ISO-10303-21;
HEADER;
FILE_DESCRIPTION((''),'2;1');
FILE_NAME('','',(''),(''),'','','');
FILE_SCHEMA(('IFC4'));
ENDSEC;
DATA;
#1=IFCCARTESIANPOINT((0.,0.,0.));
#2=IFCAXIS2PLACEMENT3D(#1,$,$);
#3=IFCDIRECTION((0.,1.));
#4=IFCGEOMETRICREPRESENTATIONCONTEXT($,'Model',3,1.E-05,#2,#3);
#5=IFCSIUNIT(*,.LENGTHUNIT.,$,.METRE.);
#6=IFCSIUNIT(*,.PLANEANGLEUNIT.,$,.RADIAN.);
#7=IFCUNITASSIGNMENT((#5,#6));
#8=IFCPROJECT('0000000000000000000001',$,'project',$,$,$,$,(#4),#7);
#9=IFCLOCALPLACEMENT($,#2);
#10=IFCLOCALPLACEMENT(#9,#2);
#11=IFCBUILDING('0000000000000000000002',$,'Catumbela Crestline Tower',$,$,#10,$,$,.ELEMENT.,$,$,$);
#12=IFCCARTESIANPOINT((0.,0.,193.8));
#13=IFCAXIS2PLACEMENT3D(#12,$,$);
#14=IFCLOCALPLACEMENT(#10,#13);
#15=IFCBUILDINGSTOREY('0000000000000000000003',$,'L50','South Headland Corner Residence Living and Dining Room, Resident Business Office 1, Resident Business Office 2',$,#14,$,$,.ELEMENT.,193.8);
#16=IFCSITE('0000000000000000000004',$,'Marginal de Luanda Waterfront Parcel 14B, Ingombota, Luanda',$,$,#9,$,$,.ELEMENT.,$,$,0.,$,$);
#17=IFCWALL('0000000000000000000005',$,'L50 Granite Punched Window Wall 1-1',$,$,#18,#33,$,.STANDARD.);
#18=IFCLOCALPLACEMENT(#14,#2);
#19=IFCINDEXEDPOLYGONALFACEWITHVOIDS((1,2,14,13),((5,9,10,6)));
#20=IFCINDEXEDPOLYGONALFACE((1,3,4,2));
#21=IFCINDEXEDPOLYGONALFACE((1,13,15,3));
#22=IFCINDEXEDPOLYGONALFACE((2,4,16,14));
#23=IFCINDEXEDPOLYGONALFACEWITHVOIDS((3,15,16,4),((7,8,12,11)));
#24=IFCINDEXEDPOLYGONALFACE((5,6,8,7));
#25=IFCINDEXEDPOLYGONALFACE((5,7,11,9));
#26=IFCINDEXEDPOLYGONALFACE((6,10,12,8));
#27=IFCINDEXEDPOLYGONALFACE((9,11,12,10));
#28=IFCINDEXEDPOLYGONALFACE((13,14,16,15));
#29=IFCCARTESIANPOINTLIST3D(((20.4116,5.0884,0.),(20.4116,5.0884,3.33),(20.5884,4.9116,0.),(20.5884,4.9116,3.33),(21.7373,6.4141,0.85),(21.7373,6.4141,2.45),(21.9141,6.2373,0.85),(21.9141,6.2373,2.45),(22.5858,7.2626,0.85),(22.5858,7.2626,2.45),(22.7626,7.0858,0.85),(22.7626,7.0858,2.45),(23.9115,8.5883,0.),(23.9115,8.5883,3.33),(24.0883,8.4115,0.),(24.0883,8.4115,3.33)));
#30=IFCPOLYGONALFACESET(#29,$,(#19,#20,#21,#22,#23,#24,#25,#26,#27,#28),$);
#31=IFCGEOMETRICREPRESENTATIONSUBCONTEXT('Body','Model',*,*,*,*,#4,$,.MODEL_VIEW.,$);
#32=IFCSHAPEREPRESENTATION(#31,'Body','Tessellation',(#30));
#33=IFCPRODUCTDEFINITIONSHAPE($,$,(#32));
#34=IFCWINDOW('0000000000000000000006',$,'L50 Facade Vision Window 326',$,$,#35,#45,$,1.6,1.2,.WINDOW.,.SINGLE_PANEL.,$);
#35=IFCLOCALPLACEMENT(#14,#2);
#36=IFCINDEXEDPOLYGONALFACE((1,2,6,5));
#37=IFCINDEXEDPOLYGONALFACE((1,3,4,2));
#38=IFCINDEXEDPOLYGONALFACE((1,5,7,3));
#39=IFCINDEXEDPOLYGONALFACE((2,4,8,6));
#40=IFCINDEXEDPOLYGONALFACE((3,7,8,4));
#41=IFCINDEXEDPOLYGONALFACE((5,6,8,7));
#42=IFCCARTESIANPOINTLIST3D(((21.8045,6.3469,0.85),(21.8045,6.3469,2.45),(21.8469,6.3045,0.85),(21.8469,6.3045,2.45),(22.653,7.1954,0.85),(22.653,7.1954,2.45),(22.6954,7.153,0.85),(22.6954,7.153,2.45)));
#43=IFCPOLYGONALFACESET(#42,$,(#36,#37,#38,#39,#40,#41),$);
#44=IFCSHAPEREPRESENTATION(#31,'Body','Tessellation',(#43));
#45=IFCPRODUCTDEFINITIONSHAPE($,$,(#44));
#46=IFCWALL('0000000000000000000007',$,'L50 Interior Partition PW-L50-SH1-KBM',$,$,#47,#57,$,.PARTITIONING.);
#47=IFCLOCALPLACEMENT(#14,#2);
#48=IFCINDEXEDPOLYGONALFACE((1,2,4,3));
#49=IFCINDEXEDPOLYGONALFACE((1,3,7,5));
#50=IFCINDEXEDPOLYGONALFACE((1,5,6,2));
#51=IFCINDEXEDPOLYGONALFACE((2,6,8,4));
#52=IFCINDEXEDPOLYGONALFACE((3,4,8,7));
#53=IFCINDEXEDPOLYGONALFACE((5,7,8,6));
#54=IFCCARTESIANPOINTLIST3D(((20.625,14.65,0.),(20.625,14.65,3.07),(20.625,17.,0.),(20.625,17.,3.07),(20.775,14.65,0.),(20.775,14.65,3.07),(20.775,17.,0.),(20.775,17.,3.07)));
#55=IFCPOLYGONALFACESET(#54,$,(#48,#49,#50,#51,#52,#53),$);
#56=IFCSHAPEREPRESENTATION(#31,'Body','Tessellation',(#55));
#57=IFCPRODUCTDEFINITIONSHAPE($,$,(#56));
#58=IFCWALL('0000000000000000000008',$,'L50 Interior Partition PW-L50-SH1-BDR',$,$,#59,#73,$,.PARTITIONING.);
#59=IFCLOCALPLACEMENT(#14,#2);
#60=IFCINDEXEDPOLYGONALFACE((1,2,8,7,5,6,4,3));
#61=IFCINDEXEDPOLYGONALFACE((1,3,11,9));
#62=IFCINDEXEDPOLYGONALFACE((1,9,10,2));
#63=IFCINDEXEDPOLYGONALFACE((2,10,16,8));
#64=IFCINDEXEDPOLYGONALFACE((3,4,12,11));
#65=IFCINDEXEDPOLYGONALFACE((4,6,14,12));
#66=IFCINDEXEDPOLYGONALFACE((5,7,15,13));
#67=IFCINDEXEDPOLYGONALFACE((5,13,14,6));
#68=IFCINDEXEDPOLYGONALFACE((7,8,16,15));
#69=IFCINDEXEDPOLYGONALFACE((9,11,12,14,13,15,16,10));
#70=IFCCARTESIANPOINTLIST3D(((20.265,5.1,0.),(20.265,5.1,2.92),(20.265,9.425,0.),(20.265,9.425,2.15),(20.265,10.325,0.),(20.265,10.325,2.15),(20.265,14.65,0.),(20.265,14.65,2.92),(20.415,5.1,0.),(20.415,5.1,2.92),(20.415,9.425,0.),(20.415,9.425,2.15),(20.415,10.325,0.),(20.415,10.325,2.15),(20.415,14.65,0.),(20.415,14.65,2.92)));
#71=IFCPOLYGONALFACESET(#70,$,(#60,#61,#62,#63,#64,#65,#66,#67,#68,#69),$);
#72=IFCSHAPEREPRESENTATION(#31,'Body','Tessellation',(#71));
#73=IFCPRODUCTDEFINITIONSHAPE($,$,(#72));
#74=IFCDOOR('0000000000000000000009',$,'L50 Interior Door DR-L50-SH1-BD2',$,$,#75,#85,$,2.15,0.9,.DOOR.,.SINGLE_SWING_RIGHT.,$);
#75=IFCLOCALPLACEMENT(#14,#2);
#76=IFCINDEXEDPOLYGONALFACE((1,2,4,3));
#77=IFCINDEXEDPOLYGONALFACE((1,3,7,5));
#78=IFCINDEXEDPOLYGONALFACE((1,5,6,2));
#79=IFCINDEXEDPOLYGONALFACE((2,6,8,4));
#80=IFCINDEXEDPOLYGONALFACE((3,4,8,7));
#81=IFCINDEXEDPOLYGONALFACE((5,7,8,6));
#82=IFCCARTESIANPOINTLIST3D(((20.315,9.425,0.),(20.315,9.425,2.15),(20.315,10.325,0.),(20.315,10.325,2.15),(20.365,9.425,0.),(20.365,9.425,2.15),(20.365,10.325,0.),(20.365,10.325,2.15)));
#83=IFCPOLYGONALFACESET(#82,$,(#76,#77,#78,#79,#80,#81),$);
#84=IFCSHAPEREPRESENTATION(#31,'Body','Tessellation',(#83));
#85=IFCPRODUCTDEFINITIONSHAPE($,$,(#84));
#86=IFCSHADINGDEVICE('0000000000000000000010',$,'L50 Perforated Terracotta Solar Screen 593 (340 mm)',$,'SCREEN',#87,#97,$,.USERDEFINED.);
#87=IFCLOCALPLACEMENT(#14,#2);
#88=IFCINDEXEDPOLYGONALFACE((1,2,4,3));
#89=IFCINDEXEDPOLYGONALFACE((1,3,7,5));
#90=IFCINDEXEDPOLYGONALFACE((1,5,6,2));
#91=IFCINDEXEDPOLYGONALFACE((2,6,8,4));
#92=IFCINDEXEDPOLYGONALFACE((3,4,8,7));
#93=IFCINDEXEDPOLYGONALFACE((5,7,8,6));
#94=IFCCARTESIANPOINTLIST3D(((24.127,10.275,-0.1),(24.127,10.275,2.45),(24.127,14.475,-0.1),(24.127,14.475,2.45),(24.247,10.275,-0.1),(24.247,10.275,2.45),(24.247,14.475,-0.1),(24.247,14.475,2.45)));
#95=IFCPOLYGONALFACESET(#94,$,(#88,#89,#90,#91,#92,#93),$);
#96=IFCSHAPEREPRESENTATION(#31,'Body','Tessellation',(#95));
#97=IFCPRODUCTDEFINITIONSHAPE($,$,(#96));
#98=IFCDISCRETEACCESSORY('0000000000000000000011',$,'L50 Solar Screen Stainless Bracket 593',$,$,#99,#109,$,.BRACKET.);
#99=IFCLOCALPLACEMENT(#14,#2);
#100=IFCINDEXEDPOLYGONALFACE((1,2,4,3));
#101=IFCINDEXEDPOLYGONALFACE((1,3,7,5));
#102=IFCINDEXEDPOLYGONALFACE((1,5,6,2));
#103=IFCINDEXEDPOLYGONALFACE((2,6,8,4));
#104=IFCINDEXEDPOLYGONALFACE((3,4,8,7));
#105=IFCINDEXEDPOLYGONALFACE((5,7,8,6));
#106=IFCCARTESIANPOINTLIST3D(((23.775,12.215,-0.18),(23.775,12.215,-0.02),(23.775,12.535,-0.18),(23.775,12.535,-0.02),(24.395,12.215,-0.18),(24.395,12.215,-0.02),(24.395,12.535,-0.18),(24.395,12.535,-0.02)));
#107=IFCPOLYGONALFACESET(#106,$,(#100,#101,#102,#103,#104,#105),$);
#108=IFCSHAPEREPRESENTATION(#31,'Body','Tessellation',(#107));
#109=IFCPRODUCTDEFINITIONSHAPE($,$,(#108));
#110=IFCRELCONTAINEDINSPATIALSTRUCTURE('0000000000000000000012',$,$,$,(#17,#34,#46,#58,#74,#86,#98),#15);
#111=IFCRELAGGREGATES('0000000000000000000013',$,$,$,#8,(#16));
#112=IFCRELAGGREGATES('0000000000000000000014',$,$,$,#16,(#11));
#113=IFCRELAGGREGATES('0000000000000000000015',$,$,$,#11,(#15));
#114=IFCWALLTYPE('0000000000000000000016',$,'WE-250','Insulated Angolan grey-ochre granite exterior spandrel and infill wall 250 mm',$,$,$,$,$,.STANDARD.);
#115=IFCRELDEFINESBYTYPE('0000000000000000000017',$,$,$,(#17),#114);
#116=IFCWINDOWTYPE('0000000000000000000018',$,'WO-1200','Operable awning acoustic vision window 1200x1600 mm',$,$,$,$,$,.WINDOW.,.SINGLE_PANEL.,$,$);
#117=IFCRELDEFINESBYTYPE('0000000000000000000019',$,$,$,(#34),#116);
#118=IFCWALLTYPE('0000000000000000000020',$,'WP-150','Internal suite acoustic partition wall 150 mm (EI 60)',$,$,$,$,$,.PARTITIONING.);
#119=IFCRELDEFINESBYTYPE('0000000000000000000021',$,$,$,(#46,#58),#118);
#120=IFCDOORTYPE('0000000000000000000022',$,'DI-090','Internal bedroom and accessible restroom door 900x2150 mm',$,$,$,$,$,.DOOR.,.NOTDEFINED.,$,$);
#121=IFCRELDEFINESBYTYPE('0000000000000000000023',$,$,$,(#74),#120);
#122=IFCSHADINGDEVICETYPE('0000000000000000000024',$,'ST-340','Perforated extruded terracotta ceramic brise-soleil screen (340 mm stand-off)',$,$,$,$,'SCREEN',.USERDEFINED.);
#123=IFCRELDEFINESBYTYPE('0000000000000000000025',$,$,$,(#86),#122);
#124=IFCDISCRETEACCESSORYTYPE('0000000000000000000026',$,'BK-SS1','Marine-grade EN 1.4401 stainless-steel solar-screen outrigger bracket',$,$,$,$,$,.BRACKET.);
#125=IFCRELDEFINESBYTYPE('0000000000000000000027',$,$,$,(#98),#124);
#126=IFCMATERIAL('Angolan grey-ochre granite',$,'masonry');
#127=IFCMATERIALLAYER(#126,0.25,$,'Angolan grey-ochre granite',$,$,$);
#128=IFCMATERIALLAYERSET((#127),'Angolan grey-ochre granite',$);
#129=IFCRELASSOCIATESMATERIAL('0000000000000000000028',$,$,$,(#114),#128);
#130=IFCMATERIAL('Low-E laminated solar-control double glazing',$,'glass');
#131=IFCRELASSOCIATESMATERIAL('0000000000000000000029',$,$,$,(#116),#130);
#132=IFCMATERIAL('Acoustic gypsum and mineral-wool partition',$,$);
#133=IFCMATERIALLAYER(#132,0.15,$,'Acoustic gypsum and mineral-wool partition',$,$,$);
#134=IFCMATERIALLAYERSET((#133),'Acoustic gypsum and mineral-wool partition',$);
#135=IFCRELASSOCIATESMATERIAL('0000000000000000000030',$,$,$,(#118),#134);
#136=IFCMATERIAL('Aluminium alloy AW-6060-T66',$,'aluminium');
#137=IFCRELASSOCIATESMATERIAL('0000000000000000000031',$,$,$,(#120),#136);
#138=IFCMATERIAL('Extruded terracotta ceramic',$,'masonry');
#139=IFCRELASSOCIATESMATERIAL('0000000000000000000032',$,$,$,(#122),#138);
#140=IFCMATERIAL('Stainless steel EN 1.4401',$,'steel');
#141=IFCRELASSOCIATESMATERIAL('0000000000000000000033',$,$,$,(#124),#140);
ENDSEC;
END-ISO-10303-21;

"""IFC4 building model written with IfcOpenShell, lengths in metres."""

from ifc_helpers import new_model, si_unit, direction, frame, frame_2d, origin, origin_2d, place, context, subcontext, project, spatial, rectangle, extrude, material, layer, layer_set, type_object, element, fill, save


model = new_model("IFC4")

# Units and contexts
model_context = context("Model", 3, precision=1e-05, world=origin(), true_north=direction((0.0, 1.0)))
body_context = subcontext(model_context, "Body", "Model", "MODEL_VIEW")
ifc_project = project(units=[si_unit("LENGTHUNIT", "METRE"), si_unit("PLANEANGLEUNIT", "RADIAN")], contexts=[model_context])

# Site, building, storey
site_placement = place(None, origin())
site = spatial("IfcSite", under=ifc_project, at=site_placement, Name="Marginal de Luanda Waterfront Parcel 14B, Ingombota, Luanda", CompositionType="ELEMENT", RefElevation=0.0)
building_placement = place(site_placement, origin())
building = spatial("IfcBuilding", under=site, at=building_placement, Name="Catumbela Crestline Tower", CompositionType="ELEMENT")
storey_placement = place(building_placement, frame((0.0, 0.0, 193.8)))
storey = spatial("IfcBuildingStorey", under=building, at=storey_placement, Name="L50", Description="South Headland Corner Residence Living and Dining Room, Resident Business Office 1, Resident Business Office 2", CompositionType="ELEMENT", Elevation=193.8)

# Shared definitions
ifc_material_1 = material(Name="Aluminium alloy AW-6060-T66", Category="aluminium")

# Shared definitions
ifc_material_2 = material(Name="Low-E laminated solar-control double glazing", Category="glass")

# Wall, opening, window
ifc_material_3 = material(Name="Angolan grey-ochre granite", Category="masonry")
ifc_layer_1 = layer(ifc_material_3, 0.25, Name="Angolan grey-ochre granite")
ifc_layer_set_1 = layer_set([ifc_layer_1], Name="Angolan grey-ochre granite")
wall_type_1 = type_object("IfcWallType", Name="WE-250", Description="Insulated Angolan grey-ochre granite exterior spandrel and infill wall 250 mm", PredefinedType="STANDARD", material=ifc_layer_set_1)
wall_1_placement = place(storey_placement, frame((20.5, 5.0, 0.0), z_axis=(0.0, 0.0, 1.0), x_axis=(0.707107, 0.707107, 0.0)))
wall_1 = element("IfcWall", 1, at=wall_1_placement, inside=storey, type_object=wall_type_1, Name="L50 Granite Punched Window Wall 1-1", PredefinedType="STANDARD", context=body_context, shape_type="SweptSolid", body=[
    extrude(rectangle(XDim=4.9497, YDim=0.25, at=frame_2d((2.4748, 0.0))), origin(), (0.0, 0.0, 1.0), 3.33),
])
opening_1_placement = place(wall_1_placement, frame((1.8748, 0.0, 0.85)))
opening_1 = element("IfcOpeningElement", 2, at=opening_1_placement, cuts=wall_1, PredefinedType="OPENING", context=body_context, shape_type="SweptSolid", body=[
    extrude(rectangle(XDim=1.2, YDim=1.6, at=frame_2d((0.6, 0.8))), frame((0.0, 0.135, 0.0), z_axis=(0.0, -1.0, 0.0), x_axis=(1.0, 0.0, 0.0)), (0.0, 0.0, 1.0), 0.27),
])
window_type = type_object("IfcWindowType", Name="WO-1200", Description="Operable awning acoustic vision window 1200x1600 mm", PartitioningType="SINGLE_PANEL", PredefinedType="WINDOW", material=ifc_material_2)
window_placement = place(opening_1_placement, origin())
window = element("IfcWindow", 3, at=window_placement, inside=storey, type_object=window_type, Name="L50 Facade Vision Window 326", OverallHeight=1.6, OverallWidth=1.2, PartitioningType="SINGLE_PANEL", PredefinedType="WINDOW", context=body_context, shape_type="SweptSolid", body=[
    extrude(rectangle(XDim=1.2, YDim=1.6, at=frame_2d((0.6, 0.8))), frame((0.0, 0.03, 0.0), z_axis=(0.0, -1.0, 0.0), x_axis=(1.0, 0.0, 0.0)), (0.0, 0.0, 1.0), 0.06),
])
fill(opening_1, window)

# Wall
ifc_material_4 = material(Name="Acoustic gypsum and mineral-wool partition")
ifc_layer_2 = layer(ifc_material_4, 0.15, Name="Acoustic gypsum and mineral-wool partition")
ifc_layer_set_2 = layer_set([ifc_layer_2], Name="Acoustic gypsum and mineral-wool partition")
wall_type_2 = type_object("IfcWallType", Name="WP-150", Description="Internal suite acoustic partition wall 150 mm (EI 60)", PredefinedType="PARTITIONING", material=ifc_layer_set_2)
wall_2_placement = place(storey_placement, frame((20.7, 14.65, 0.0), z_axis=(0.0, 0.0, 1.0), x_axis=(0.0, 1.0, 0.0)))
element("IfcWall", 4, at=wall_2_placement, inside=storey, type_object=wall_type_2, Name="L50 Interior Partition PW-L50-SH1-KBM", PredefinedType="PARTITIONING", context=body_context, shape_type="SweptSolid", body=[
    extrude(rectangle(XDim=2.35, YDim=0.15, at=frame_2d((1.175, 0.0))), origin(), (0.0, 0.0, 1.0), 3.07),
])

# Wall, opening, door
wall_3_placement = place(storey_placement, frame((20.34, 5.1, 0.0), z_axis=(0.0, 0.0, 1.0), x_axis=(0.0, 1.0, 0.0)))
wall_3 = element("IfcWall", 5, at=wall_3_placement, inside=storey, type_object=wall_type_2, Name="L50 Interior Partition PW-L50-SH1-BDR", PredefinedType="PARTITIONING", context=body_context, shape_type="SweptSolid", body=[
    extrude(rectangle(XDim=9.55, YDim=0.15, at=frame_2d((4.775, 0.0))), origin(), (0.0, 0.0, 1.0), 2.92),
])
opening_2_placement = place(wall_3_placement, frame((4.325, 0.0, 0.0)))
opening_2 = element("IfcOpeningElement", 6, at=opening_2_placement, cuts=wall_3, PredefinedType="OPENING", context=body_context, shape_type="SweptSolid", body=[
    extrude(rectangle(XDim=0.9, YDim=2.15, at=frame_2d((0.45, 1.075))), frame((0.0, 0.085, 0.0), z_axis=(0.0, -1.0, 0.0), x_axis=(1.0, 0.0, 0.0)), (0.0, 0.0, 1.0), 0.17),
])
door_type = type_object("IfcDoorType", Name="DI-090", Description="Internal bedroom and accessible restroom door 900x2150 mm", OperationType="NOTDEFINED", PredefinedType="DOOR", material=ifc_material_1)
door_placement = place(opening_2_placement, origin())
door = element("IfcDoor", 7, at=door_placement, inside=storey, type_object=door_type, Name="L50 Interior Door DR-L50-SH1-BD2", OperationType="SINGLE_SWING_RIGHT", OverallHeight=2.15, OverallWidth=0.9, PredefinedType="DOOR", context=body_context, shape_type="SweptSolid", body=[
    extrude(rectangle(XDim=0.9, YDim=2.15, at=frame_2d((0.45, 1.075))), frame((0.0, 0.025, 0.0), z_axis=(0.0, -1.0, 0.0), x_axis=(1.0, 0.0, 0.0)), (0.0, 0.0, 1.0), 0.05),
])
fill(opening_2, door)

# Shading device
ifc_material_5 = material(Name="Extruded terracotta ceramic", Category="masonry")
shading_device_type = type_object("IfcShadingDeviceType", Name="ST-340", Description="Perforated extruded terracotta ceramic brise-soleil screen (340 mm stand-off)", ElementType="SCREEN", PredefinedType="USERDEFINED", material=ifc_material_5)
shading_device_placement = place(storey_placement, frame((24.187, 12.375, -0.1), z_axis=(0.0, 0.0, 1.0), x_axis=(0.0, 1.0, 0.0)))
element("IfcShadingDevice", 8, at=shading_device_placement, inside=storey, type_object=shading_device_type, Name="L50 Perforated Terracotta Solar Screen 593 (340 mm)", ObjectType="SCREEN", PredefinedType="USERDEFINED", context=body_context, shape_type="SweptSolid", body=[
    extrude(rectangle(XDim=4.2, YDim=0.12, at=origin_2d()), origin(), (0.0, 0.0, 1.0), 2.55),
])

# Discrete accessory
ifc_material_6 = material(Name="Stainless steel EN 1.4401", Category="steel")
discrete_accessory_type = type_object("IfcDiscreteAccessoryType", Name="BK-SS1", Description="Marine-grade EN 1.4401 stainless-steel solar-screen outrigger bracket", PredefinedType="BRACKET", material=ifc_material_6)
discrete_accessory_placement = place(storey_placement, frame((24.085, 12.375, -0.18), z_axis=(0.0, 0.0, 1.0), x_axis=(0.0, 1.0, 0.0)))
element("IfcDiscreteAccessory", 9, at=discrete_accessory_placement, inside=storey, type_object=discrete_accessory_type, Name="L50 Solar Screen Stainless Bracket 593", PredefinedType="BRACKET", context=body_context, shape_type="SweptSolid", body=[
    extrude(rectangle(XDim=0.32, YDim=0.62, at=origin_2d()), origin(), (0.0, 0.0, 1.0), 0.16),
])

save(model, "model.ifc")
